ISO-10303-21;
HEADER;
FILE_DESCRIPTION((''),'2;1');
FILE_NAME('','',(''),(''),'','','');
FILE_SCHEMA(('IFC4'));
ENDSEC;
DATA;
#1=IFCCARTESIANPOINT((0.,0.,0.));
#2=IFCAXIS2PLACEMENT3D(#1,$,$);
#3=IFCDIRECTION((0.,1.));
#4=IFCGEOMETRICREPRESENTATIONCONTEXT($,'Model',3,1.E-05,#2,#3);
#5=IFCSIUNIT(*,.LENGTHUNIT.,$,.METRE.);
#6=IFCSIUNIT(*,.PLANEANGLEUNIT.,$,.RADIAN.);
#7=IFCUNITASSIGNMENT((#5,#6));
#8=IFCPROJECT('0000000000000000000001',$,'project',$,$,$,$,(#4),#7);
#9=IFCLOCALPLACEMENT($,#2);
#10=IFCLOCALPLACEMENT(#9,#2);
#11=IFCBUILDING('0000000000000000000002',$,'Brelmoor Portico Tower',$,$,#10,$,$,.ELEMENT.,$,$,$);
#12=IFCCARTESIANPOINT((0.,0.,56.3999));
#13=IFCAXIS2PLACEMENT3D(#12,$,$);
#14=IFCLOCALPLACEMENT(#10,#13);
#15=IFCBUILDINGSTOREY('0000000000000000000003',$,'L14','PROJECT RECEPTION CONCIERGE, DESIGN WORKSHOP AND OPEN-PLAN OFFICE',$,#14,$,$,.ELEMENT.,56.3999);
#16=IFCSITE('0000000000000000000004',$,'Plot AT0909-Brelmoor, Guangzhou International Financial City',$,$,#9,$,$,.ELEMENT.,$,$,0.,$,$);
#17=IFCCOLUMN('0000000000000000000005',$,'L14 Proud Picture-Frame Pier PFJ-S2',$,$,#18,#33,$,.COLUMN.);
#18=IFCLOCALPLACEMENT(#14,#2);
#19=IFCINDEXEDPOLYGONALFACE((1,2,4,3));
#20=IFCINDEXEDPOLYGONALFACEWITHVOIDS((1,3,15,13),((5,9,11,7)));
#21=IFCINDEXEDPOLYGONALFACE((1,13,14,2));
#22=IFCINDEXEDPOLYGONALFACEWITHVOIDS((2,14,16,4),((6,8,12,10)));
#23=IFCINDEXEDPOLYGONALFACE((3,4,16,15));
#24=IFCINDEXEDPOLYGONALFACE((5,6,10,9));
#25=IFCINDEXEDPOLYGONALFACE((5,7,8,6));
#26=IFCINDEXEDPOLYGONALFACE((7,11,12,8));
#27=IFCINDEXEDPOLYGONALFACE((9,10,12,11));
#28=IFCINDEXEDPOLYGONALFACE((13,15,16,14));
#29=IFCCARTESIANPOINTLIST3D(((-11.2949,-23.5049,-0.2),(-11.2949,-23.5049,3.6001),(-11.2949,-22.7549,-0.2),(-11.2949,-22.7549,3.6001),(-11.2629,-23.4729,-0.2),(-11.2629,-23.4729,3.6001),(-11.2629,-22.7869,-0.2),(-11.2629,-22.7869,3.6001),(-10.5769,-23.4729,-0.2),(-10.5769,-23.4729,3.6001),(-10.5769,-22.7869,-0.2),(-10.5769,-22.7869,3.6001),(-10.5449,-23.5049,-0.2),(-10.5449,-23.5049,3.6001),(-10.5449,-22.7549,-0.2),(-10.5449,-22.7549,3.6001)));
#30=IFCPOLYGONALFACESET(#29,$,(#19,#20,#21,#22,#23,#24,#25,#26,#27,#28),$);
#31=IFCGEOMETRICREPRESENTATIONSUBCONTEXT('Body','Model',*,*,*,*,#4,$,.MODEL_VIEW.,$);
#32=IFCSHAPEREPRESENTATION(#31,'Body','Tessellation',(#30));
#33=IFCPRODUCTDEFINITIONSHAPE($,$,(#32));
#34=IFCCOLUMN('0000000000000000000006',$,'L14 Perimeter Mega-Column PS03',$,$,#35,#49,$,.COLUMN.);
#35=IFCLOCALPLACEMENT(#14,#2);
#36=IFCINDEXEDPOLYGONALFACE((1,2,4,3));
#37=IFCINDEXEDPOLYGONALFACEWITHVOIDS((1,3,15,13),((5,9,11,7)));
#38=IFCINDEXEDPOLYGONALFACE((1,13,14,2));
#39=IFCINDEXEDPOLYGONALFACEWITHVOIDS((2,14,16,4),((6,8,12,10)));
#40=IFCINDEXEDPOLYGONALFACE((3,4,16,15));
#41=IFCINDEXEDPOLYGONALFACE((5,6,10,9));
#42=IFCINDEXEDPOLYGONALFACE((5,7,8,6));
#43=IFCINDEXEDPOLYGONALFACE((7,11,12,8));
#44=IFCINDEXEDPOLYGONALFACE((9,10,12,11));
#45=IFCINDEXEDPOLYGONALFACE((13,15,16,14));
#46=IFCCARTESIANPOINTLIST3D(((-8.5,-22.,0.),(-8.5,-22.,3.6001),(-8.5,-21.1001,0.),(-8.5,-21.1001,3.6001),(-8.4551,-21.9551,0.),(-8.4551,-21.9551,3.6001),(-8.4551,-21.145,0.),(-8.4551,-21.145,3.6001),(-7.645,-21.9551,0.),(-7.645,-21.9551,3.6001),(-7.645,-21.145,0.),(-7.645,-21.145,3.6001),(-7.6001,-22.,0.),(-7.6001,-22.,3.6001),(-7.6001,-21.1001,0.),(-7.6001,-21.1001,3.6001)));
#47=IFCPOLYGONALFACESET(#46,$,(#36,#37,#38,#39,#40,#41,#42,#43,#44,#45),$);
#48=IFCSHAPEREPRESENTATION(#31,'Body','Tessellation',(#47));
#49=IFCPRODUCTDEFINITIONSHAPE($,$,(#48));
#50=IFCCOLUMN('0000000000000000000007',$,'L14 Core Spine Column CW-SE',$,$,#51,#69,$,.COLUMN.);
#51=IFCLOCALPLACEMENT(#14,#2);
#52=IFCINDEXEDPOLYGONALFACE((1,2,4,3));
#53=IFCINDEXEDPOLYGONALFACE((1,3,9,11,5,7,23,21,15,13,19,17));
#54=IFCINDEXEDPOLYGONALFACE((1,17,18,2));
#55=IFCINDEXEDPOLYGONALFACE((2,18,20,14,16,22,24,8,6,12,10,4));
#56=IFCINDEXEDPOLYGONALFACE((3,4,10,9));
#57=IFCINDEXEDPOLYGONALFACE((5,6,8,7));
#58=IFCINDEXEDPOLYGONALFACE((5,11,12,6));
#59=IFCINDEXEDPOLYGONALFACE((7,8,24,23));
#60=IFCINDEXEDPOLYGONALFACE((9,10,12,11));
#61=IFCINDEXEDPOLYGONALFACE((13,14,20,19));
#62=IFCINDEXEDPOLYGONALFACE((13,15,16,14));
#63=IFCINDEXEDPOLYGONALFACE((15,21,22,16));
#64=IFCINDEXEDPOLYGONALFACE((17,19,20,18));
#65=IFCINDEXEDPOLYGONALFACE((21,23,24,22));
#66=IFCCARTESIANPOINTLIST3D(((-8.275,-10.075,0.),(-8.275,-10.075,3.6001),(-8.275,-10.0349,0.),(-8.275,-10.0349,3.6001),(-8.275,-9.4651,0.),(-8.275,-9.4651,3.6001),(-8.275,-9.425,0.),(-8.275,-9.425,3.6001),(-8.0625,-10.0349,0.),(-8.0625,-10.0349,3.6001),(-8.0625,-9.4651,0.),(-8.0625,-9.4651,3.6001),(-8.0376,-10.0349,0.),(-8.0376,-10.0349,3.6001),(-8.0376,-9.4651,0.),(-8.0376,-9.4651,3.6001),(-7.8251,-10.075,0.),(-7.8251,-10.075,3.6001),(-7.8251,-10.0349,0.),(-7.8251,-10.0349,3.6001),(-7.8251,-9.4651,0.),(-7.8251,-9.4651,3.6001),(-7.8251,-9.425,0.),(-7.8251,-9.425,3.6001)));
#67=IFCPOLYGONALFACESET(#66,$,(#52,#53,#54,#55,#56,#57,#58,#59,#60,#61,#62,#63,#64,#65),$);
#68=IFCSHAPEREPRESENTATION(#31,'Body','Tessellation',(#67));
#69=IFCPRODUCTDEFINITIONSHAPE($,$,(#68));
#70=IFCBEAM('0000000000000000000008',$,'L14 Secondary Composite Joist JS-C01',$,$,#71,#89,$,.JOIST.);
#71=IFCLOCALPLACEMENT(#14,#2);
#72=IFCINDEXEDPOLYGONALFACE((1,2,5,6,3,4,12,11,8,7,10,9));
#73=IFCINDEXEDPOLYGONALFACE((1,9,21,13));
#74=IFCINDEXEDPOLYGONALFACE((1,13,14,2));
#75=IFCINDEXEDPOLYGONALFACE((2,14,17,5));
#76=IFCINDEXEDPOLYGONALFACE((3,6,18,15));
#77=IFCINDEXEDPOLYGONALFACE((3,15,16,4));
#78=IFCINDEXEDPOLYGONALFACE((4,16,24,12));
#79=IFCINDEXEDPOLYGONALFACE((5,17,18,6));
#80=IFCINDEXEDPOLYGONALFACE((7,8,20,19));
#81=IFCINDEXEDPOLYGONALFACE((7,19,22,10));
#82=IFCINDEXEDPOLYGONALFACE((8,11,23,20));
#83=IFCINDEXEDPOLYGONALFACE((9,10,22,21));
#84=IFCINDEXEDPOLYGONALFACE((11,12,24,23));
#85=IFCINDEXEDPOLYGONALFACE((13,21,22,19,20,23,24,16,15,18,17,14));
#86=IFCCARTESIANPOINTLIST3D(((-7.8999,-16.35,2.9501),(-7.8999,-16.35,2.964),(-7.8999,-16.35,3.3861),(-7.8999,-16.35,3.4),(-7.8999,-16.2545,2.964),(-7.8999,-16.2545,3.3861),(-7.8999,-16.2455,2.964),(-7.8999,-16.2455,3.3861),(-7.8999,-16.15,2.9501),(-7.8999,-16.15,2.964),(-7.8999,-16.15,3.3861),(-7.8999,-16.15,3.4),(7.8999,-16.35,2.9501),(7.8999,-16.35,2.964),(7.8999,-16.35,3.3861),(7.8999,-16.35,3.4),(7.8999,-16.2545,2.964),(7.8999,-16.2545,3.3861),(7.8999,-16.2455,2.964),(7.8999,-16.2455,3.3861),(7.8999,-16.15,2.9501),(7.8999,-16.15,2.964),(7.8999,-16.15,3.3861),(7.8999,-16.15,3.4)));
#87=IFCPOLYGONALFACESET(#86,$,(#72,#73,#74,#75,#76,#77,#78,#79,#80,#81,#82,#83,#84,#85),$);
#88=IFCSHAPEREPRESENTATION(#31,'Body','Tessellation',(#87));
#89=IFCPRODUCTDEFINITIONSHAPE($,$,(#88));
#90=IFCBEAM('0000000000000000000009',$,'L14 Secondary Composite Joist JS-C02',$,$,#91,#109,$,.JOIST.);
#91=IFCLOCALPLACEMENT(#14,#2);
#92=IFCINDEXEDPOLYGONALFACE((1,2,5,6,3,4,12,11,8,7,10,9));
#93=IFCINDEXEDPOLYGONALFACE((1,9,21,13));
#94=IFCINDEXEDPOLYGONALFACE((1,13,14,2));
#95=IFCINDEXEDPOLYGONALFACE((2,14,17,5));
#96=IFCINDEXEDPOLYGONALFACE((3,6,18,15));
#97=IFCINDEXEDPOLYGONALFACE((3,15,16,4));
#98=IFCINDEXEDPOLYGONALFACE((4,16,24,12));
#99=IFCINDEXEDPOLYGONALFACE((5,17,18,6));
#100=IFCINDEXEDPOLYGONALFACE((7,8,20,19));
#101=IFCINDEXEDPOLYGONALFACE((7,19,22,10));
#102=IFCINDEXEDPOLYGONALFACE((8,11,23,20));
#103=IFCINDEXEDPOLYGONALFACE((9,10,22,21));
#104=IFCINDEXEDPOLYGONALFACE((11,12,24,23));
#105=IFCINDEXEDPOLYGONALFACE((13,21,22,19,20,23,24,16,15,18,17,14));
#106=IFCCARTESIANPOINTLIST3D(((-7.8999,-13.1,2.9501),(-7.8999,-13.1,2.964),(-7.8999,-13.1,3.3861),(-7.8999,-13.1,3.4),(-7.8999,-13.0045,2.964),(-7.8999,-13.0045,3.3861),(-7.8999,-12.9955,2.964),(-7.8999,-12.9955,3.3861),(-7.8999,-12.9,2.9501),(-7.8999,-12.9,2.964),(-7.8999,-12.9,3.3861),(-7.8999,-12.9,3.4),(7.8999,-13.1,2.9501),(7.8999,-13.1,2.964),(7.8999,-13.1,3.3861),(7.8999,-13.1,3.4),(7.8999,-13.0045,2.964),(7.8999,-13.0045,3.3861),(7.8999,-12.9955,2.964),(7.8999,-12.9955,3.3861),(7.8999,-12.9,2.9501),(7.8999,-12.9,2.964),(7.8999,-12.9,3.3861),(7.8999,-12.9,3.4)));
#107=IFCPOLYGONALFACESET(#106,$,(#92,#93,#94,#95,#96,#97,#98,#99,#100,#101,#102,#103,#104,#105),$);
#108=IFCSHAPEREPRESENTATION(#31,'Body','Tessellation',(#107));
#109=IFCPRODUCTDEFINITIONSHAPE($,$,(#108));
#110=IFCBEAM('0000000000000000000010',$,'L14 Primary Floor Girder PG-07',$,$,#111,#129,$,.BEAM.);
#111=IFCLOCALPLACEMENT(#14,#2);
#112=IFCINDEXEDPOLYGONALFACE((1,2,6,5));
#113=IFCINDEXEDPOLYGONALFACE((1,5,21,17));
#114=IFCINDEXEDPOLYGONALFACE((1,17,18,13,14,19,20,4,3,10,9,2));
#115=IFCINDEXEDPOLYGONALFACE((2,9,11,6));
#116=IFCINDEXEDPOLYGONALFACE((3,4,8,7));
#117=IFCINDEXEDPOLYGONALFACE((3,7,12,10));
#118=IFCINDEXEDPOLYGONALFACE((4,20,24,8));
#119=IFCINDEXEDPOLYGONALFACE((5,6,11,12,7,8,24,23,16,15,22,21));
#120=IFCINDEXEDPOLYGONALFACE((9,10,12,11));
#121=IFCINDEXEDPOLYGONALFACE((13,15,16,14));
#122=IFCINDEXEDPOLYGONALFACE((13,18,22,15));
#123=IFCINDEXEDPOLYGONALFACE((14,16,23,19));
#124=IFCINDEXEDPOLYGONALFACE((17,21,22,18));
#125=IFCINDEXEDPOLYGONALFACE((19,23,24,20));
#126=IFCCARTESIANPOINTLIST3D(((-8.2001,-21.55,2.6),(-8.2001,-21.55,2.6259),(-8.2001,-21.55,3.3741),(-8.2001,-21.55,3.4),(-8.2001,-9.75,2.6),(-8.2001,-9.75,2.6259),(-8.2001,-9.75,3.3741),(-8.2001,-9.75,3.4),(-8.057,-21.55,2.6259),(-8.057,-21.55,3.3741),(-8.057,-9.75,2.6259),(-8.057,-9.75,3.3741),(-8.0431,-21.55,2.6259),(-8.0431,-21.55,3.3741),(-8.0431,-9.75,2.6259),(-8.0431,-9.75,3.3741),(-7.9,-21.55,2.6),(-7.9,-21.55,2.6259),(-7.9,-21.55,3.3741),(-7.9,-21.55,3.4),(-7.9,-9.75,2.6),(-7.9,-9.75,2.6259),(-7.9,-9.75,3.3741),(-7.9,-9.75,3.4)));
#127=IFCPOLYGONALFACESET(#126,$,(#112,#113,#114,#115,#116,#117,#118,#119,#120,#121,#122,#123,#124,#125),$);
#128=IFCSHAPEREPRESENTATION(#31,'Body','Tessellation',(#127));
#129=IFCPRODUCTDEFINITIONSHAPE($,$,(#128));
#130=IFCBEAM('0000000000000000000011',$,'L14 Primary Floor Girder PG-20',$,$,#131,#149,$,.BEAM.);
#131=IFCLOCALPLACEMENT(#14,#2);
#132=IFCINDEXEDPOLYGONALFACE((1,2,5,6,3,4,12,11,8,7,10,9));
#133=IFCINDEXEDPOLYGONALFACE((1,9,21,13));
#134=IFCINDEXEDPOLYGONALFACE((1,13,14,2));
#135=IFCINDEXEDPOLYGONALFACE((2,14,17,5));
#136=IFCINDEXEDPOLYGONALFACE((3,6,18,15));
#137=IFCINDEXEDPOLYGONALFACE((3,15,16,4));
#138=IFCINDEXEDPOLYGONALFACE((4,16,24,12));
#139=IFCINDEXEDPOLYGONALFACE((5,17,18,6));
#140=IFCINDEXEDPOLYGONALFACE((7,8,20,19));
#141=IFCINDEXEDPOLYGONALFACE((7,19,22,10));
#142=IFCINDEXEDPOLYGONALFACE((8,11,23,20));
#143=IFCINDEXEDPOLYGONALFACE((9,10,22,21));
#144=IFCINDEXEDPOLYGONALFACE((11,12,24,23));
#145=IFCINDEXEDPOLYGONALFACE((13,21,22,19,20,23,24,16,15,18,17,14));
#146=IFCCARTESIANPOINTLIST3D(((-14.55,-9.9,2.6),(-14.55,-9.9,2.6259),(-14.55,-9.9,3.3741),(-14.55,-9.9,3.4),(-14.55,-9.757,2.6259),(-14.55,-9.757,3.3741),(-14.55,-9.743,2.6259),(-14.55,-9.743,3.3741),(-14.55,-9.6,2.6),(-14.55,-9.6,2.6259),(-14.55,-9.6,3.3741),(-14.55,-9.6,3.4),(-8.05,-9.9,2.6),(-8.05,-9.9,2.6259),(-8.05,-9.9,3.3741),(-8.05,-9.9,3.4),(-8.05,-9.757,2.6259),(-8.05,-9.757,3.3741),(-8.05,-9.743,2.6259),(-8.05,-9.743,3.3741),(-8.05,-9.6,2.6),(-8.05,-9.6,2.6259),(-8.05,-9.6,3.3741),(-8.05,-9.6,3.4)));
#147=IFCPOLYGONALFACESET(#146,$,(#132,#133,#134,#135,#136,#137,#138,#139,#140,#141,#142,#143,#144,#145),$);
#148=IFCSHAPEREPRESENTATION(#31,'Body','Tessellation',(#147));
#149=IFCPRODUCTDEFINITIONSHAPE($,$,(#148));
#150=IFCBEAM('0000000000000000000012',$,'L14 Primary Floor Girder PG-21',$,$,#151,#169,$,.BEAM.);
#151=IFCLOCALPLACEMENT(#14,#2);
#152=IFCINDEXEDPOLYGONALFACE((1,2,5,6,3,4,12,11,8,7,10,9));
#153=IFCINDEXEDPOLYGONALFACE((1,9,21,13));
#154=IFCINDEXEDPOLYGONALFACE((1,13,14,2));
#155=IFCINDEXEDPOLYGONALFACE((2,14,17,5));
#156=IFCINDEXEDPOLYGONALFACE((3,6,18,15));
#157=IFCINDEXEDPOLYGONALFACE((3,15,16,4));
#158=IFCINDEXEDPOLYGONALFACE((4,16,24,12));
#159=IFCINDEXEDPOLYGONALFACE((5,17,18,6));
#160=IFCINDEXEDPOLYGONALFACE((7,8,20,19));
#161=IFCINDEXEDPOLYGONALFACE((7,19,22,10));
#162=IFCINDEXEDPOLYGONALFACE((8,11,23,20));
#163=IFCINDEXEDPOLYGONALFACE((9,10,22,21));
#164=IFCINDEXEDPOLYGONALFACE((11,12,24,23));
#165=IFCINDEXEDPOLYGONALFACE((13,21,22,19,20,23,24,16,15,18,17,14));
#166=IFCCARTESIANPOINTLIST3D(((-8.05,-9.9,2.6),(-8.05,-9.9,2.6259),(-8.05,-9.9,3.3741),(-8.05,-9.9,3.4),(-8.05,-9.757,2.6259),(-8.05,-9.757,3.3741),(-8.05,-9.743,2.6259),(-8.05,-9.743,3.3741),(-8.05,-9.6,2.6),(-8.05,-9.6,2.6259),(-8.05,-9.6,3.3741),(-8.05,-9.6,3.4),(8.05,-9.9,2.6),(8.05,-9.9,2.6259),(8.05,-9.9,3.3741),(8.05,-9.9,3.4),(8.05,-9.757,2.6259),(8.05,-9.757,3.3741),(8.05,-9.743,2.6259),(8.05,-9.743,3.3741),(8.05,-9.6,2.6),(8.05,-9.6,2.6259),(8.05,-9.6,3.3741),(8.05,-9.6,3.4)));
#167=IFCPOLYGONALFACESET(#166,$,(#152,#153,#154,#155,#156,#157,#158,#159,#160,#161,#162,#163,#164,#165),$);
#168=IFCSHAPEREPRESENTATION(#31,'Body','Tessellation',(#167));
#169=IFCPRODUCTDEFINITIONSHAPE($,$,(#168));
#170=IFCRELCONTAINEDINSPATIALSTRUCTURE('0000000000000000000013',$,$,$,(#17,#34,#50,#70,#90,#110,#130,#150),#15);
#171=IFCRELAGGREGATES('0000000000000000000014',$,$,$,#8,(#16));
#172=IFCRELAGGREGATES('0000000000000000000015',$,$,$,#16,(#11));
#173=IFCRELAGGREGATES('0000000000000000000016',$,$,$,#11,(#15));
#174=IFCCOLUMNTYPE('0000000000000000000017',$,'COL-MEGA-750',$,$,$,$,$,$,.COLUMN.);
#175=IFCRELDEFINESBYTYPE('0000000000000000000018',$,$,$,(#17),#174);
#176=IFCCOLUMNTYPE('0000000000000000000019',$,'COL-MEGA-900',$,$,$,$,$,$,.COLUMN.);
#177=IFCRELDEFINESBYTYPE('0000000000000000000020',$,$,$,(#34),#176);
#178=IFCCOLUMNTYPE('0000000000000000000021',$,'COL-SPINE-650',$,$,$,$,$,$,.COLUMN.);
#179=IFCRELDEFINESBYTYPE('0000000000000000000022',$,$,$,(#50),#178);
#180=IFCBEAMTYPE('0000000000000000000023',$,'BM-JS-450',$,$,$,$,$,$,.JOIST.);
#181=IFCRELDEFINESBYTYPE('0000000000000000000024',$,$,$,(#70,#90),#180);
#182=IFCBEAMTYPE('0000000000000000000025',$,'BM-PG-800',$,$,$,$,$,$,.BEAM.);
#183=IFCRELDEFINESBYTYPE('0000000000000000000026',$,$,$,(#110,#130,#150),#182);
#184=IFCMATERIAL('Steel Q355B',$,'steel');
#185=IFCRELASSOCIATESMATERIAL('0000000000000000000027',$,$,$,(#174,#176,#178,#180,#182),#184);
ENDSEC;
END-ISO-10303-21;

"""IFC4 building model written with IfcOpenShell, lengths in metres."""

from ifc_helpers import new_model, si_unit, direction, frame, origin, origin_2d, place, context, subcontext, project, spatial, hollow_rectangle, i_section, extrude, material, material_profile, profile_set, type_object, element, save


model = new_model("IFC4")

# Units and contexts
model_context = context("Model", 3, precision=1e-05, world=origin(), true_north=direction((0.0, 1.0)))
body_context = subcontext(model_context, "Body", "Model", "MODEL_VIEW")
ifc_project = project(units=[si_unit("LENGTHUNIT", "METRE"), si_unit("PLANEANGLEUNIT", "RADIAN")], contexts=[model_context])

# Site, building, storey
site_placement = place(None, origin())
site = spatial("IfcSite", under=ifc_project, at=site_placement, Name="Plot AT0909-Brelmoor, Guangzhou International Financial City", CompositionType="ELEMENT", RefElevation=0.0)
building_placement = place(site_placement, origin())
building = spatial("IfcBuilding", under=site, at=building_placement, Name="Brelmoor Portico Tower", CompositionType="ELEMENT")
storey_placement = place(building_placement, frame((0.0, 0.0, 56.3999)))
storey = spatial("IfcBuildingStorey", under=building, at=storey_placement, Name="L14", Description="PROJECT RECEPTION CONCIERGE, DESIGN WORKSHOP AND OPEN-PLAN OFFICE", CompositionType="ELEMENT", Elevation=56.3999)

# Columns
ifc_material_1 = material(Name="Steel Q355B", Category="steel")
ifc_material_profile_1 = material_profile(ifc_material_1, hollow_rectangle(XDim=0.75, YDim=0.75, WallThickness=0.032, at=origin_2d()), Name="BOX 750x750x32")
ifc_profile_set_1 = profile_set([ifc_material_profile_1], Name="Steel Q355B")
column_type_1 = type_object("IfcColumnType", Name="COL-MEGA-750", PredefinedType="COLUMN", material=ifc_profile_set_1)
column_1_placement = place(storey_placement, frame((-10.9199, -23.1299, -0.2), z_axis=(0.0, 0.0, 1.0), x_axis=(1.0, 0.0, 0.0)))
element("IfcColumn", 1, at=column_1_placement, inside=storey, type_object=column_type_1, Name="L14 Proud Picture-Frame Pier PFJ-S2", PredefinedType="COLUMN", context=body_context, shape_type="SweptSolid", body=[
    extrude(hollow_rectangle(XDim=0.75, YDim=0.75, WallThickness=0.032, at=origin_2d()), origin(), (0.0, 0.0, 1.0), 3.8),
])
ifc_material_profile_2 = material_profile(ifc_material_1, hollow_rectangle(XDim=0.8999, YDim=0.8999, WallThickness=0.0449, at=origin_2d()), Name="BOX 900x900x45")
ifc_profile_set_2 = profile_set([ifc_material_profile_2], Name="Steel Q355B")
column_type_2 = type_object("IfcColumnType", Name="COL-MEGA-900", PredefinedType="COLUMN", material=ifc_profile_set_2)
column_2_placement = place(storey_placement, frame((-8.05, -21.55, 0.0), z_axis=(0.0, 0.0, 1.0), x_axis=(1.0, 0.0, 0.0)))
element("IfcColumn", 2, at=column_2_placement, inside=storey, type_object=column_type_2, Name="L14 Perimeter Mega-Column PS03", PredefinedType="COLUMN", context=body_context, shape_type="SweptSolid", body=[
    extrude(hollow_rectangle(XDim=0.8999, YDim=0.8999, WallThickness=0.0449, at=origin_2d()), origin(), (0.0, 0.0, 1.0), 3.6001),
])
ifc_material_profile_3 = material_profile(ifc_material_1, i_section(OverallWidth=0.45, OverallDepth=0.6499, WebThickness=0.0249, FlangeThickness=0.04, at=origin_2d()), Name="HW 650x450x25x40")
ifc_profile_set_3 = profile_set([ifc_material_profile_3], Name="Steel Q355B")
column_type_3 = type_object("IfcColumnType", Name="COL-SPINE-650", PredefinedType="COLUMN", material=ifc_profile_set_3)
column_3_placement = place(storey_placement, frame((-8.05, -9.75, 0.0), z_axis=(0.0, 0.0, 1.0), x_axis=(1.0, 0.0, 0.0)))
element("IfcColumn", 3, at=column_3_placement, inside=storey, type_object=column_type_3, Name="L14 Core Spine Column CW-SE", PredefinedType="COLUMN", context=body_context, shape_type="SweptSolid", body=[
    extrude(i_section(OverallWidth=0.45, OverallDepth=0.6499, WebThickness=0.0249, FlangeThickness=0.04, at=origin_2d()), origin(), (0.0, 0.0, 1.0), 3.6001),
])

# Beams
ifc_material_profile_4 = material_profile(ifc_material_1, i_section(OverallWidth=0.2, OverallDepth=0.45, WebThickness=0.009, FlangeThickness=0.0139, at=origin_2d()), Name="HN 450x200x9x14")
ifc_profile_set_4 = profile_set([ifc_material_profile_4], Name="Steel Q355B")
beam_type_1 = type_object("IfcBeamType", Name="BM-JS-450", PredefinedType="JOIST", material=ifc_profile_set_4)
for number, where, z_axis, x_axis, name in (
    (4, (-7.8999, -16.25, 3.175), (1.0, 0.0, 0.0), (0.0, 1.0, 0.0), "L14 Secondary Composite Joist JS-C01"),
    (5, (-7.8999, -13.0, 3.175), (1.0, 0.0, 0.0), (0.0, 1.0, 0.0), "L14 Secondary Composite Joist JS-C02"),
):
    element("IfcBeam", number, at=place(storey_placement, frame(where, z_axis=z_axis, x_axis=x_axis)), inside=storey, type_object=beam_type_1, Name=name, PredefinedType="JOIST", context=body_context, shape_type="SweptSolid", body=[
        extrude(i_section(OverallWidth=0.2, OverallDepth=0.45, WebThickness=0.009, FlangeThickness=0.0139, at=origin_2d()), origin(), (0.0, 0.0, 1.0), 15.7998),
    ])
ifc_material_profile_5 = material_profile(ifc_material_1, i_section(OverallWidth=0.3, OverallDepth=0.8, WebThickness=0.0139, FlangeThickness=0.0259, at=origin_2d()), Name="HN 800x300x14x26")
ifc_profile_set_5 = profile_set([ifc_material_profile_5], Name="Steel Q355B")
beam_type_2 = type_object("IfcBeamType", Name="BM-PG-800", PredefinedType="BEAM", material=ifc_profile_set_5)
beam_1_placement = place(storey_placement, frame((-8.05, -21.55, 3.0), z_axis=(0.0, 1.0, 0.0), x_axis=(-1.0, 0.0, 0.0)))
element("IfcBeam", 6, at=beam_1_placement, inside=storey, type_object=beam_type_2, Name="L14 Primary Floor Girder PG-07", PredefinedType="BEAM", context=body_context, shape_type="SweptSolid", body=[
    extrude(i_section(OverallWidth=0.3, OverallDepth=0.8, WebThickness=0.0139, FlangeThickness=0.0259, at=origin_2d()), origin(), (0.0, 0.0, 1.0), 11.8),
])
beam_2_placement = place(storey_placement, frame((-14.55, -9.75, 3.0), z_axis=(1.0, 0.0, 0.0), x_axis=(0.0, 1.0, 0.0)))
element("IfcBeam", 7, at=beam_2_placement, inside=storey, type_object=beam_type_2, Name="L14 Primary Floor Girder PG-20", PredefinedType="BEAM", context=body_context, shape_type="SweptSolid", body=[
    extrude(i_section(OverallWidth=0.3, OverallDepth=0.8, WebThickness=0.0139, FlangeThickness=0.0259, at=origin_2d()), origin(), (0.0, 0.0, 1.0), 6.5),
])
beam_3_placement = place(storey_placement, frame((-8.05, -9.75, 3.0), z_axis=(1.0, 0.0, 0.0), x_axis=(0.0, 1.0, 0.0)))
element("IfcBeam", 8, at=beam_3_placement, inside=storey, type_object=beam_type_2, Name="L14 Primary Floor Girder PG-21", PredefinedType="BEAM", context=body_context, shape_type="SweptSolid", body=[
    extrude(i_section(OverallWidth=0.3, OverallDepth=0.8, WebThickness=0.0139, FlangeThickness=0.0259, at=origin_2d()), origin(), (0.0, 0.0, 1.0), 16.1001),
])

save(model, "model.ifc")
